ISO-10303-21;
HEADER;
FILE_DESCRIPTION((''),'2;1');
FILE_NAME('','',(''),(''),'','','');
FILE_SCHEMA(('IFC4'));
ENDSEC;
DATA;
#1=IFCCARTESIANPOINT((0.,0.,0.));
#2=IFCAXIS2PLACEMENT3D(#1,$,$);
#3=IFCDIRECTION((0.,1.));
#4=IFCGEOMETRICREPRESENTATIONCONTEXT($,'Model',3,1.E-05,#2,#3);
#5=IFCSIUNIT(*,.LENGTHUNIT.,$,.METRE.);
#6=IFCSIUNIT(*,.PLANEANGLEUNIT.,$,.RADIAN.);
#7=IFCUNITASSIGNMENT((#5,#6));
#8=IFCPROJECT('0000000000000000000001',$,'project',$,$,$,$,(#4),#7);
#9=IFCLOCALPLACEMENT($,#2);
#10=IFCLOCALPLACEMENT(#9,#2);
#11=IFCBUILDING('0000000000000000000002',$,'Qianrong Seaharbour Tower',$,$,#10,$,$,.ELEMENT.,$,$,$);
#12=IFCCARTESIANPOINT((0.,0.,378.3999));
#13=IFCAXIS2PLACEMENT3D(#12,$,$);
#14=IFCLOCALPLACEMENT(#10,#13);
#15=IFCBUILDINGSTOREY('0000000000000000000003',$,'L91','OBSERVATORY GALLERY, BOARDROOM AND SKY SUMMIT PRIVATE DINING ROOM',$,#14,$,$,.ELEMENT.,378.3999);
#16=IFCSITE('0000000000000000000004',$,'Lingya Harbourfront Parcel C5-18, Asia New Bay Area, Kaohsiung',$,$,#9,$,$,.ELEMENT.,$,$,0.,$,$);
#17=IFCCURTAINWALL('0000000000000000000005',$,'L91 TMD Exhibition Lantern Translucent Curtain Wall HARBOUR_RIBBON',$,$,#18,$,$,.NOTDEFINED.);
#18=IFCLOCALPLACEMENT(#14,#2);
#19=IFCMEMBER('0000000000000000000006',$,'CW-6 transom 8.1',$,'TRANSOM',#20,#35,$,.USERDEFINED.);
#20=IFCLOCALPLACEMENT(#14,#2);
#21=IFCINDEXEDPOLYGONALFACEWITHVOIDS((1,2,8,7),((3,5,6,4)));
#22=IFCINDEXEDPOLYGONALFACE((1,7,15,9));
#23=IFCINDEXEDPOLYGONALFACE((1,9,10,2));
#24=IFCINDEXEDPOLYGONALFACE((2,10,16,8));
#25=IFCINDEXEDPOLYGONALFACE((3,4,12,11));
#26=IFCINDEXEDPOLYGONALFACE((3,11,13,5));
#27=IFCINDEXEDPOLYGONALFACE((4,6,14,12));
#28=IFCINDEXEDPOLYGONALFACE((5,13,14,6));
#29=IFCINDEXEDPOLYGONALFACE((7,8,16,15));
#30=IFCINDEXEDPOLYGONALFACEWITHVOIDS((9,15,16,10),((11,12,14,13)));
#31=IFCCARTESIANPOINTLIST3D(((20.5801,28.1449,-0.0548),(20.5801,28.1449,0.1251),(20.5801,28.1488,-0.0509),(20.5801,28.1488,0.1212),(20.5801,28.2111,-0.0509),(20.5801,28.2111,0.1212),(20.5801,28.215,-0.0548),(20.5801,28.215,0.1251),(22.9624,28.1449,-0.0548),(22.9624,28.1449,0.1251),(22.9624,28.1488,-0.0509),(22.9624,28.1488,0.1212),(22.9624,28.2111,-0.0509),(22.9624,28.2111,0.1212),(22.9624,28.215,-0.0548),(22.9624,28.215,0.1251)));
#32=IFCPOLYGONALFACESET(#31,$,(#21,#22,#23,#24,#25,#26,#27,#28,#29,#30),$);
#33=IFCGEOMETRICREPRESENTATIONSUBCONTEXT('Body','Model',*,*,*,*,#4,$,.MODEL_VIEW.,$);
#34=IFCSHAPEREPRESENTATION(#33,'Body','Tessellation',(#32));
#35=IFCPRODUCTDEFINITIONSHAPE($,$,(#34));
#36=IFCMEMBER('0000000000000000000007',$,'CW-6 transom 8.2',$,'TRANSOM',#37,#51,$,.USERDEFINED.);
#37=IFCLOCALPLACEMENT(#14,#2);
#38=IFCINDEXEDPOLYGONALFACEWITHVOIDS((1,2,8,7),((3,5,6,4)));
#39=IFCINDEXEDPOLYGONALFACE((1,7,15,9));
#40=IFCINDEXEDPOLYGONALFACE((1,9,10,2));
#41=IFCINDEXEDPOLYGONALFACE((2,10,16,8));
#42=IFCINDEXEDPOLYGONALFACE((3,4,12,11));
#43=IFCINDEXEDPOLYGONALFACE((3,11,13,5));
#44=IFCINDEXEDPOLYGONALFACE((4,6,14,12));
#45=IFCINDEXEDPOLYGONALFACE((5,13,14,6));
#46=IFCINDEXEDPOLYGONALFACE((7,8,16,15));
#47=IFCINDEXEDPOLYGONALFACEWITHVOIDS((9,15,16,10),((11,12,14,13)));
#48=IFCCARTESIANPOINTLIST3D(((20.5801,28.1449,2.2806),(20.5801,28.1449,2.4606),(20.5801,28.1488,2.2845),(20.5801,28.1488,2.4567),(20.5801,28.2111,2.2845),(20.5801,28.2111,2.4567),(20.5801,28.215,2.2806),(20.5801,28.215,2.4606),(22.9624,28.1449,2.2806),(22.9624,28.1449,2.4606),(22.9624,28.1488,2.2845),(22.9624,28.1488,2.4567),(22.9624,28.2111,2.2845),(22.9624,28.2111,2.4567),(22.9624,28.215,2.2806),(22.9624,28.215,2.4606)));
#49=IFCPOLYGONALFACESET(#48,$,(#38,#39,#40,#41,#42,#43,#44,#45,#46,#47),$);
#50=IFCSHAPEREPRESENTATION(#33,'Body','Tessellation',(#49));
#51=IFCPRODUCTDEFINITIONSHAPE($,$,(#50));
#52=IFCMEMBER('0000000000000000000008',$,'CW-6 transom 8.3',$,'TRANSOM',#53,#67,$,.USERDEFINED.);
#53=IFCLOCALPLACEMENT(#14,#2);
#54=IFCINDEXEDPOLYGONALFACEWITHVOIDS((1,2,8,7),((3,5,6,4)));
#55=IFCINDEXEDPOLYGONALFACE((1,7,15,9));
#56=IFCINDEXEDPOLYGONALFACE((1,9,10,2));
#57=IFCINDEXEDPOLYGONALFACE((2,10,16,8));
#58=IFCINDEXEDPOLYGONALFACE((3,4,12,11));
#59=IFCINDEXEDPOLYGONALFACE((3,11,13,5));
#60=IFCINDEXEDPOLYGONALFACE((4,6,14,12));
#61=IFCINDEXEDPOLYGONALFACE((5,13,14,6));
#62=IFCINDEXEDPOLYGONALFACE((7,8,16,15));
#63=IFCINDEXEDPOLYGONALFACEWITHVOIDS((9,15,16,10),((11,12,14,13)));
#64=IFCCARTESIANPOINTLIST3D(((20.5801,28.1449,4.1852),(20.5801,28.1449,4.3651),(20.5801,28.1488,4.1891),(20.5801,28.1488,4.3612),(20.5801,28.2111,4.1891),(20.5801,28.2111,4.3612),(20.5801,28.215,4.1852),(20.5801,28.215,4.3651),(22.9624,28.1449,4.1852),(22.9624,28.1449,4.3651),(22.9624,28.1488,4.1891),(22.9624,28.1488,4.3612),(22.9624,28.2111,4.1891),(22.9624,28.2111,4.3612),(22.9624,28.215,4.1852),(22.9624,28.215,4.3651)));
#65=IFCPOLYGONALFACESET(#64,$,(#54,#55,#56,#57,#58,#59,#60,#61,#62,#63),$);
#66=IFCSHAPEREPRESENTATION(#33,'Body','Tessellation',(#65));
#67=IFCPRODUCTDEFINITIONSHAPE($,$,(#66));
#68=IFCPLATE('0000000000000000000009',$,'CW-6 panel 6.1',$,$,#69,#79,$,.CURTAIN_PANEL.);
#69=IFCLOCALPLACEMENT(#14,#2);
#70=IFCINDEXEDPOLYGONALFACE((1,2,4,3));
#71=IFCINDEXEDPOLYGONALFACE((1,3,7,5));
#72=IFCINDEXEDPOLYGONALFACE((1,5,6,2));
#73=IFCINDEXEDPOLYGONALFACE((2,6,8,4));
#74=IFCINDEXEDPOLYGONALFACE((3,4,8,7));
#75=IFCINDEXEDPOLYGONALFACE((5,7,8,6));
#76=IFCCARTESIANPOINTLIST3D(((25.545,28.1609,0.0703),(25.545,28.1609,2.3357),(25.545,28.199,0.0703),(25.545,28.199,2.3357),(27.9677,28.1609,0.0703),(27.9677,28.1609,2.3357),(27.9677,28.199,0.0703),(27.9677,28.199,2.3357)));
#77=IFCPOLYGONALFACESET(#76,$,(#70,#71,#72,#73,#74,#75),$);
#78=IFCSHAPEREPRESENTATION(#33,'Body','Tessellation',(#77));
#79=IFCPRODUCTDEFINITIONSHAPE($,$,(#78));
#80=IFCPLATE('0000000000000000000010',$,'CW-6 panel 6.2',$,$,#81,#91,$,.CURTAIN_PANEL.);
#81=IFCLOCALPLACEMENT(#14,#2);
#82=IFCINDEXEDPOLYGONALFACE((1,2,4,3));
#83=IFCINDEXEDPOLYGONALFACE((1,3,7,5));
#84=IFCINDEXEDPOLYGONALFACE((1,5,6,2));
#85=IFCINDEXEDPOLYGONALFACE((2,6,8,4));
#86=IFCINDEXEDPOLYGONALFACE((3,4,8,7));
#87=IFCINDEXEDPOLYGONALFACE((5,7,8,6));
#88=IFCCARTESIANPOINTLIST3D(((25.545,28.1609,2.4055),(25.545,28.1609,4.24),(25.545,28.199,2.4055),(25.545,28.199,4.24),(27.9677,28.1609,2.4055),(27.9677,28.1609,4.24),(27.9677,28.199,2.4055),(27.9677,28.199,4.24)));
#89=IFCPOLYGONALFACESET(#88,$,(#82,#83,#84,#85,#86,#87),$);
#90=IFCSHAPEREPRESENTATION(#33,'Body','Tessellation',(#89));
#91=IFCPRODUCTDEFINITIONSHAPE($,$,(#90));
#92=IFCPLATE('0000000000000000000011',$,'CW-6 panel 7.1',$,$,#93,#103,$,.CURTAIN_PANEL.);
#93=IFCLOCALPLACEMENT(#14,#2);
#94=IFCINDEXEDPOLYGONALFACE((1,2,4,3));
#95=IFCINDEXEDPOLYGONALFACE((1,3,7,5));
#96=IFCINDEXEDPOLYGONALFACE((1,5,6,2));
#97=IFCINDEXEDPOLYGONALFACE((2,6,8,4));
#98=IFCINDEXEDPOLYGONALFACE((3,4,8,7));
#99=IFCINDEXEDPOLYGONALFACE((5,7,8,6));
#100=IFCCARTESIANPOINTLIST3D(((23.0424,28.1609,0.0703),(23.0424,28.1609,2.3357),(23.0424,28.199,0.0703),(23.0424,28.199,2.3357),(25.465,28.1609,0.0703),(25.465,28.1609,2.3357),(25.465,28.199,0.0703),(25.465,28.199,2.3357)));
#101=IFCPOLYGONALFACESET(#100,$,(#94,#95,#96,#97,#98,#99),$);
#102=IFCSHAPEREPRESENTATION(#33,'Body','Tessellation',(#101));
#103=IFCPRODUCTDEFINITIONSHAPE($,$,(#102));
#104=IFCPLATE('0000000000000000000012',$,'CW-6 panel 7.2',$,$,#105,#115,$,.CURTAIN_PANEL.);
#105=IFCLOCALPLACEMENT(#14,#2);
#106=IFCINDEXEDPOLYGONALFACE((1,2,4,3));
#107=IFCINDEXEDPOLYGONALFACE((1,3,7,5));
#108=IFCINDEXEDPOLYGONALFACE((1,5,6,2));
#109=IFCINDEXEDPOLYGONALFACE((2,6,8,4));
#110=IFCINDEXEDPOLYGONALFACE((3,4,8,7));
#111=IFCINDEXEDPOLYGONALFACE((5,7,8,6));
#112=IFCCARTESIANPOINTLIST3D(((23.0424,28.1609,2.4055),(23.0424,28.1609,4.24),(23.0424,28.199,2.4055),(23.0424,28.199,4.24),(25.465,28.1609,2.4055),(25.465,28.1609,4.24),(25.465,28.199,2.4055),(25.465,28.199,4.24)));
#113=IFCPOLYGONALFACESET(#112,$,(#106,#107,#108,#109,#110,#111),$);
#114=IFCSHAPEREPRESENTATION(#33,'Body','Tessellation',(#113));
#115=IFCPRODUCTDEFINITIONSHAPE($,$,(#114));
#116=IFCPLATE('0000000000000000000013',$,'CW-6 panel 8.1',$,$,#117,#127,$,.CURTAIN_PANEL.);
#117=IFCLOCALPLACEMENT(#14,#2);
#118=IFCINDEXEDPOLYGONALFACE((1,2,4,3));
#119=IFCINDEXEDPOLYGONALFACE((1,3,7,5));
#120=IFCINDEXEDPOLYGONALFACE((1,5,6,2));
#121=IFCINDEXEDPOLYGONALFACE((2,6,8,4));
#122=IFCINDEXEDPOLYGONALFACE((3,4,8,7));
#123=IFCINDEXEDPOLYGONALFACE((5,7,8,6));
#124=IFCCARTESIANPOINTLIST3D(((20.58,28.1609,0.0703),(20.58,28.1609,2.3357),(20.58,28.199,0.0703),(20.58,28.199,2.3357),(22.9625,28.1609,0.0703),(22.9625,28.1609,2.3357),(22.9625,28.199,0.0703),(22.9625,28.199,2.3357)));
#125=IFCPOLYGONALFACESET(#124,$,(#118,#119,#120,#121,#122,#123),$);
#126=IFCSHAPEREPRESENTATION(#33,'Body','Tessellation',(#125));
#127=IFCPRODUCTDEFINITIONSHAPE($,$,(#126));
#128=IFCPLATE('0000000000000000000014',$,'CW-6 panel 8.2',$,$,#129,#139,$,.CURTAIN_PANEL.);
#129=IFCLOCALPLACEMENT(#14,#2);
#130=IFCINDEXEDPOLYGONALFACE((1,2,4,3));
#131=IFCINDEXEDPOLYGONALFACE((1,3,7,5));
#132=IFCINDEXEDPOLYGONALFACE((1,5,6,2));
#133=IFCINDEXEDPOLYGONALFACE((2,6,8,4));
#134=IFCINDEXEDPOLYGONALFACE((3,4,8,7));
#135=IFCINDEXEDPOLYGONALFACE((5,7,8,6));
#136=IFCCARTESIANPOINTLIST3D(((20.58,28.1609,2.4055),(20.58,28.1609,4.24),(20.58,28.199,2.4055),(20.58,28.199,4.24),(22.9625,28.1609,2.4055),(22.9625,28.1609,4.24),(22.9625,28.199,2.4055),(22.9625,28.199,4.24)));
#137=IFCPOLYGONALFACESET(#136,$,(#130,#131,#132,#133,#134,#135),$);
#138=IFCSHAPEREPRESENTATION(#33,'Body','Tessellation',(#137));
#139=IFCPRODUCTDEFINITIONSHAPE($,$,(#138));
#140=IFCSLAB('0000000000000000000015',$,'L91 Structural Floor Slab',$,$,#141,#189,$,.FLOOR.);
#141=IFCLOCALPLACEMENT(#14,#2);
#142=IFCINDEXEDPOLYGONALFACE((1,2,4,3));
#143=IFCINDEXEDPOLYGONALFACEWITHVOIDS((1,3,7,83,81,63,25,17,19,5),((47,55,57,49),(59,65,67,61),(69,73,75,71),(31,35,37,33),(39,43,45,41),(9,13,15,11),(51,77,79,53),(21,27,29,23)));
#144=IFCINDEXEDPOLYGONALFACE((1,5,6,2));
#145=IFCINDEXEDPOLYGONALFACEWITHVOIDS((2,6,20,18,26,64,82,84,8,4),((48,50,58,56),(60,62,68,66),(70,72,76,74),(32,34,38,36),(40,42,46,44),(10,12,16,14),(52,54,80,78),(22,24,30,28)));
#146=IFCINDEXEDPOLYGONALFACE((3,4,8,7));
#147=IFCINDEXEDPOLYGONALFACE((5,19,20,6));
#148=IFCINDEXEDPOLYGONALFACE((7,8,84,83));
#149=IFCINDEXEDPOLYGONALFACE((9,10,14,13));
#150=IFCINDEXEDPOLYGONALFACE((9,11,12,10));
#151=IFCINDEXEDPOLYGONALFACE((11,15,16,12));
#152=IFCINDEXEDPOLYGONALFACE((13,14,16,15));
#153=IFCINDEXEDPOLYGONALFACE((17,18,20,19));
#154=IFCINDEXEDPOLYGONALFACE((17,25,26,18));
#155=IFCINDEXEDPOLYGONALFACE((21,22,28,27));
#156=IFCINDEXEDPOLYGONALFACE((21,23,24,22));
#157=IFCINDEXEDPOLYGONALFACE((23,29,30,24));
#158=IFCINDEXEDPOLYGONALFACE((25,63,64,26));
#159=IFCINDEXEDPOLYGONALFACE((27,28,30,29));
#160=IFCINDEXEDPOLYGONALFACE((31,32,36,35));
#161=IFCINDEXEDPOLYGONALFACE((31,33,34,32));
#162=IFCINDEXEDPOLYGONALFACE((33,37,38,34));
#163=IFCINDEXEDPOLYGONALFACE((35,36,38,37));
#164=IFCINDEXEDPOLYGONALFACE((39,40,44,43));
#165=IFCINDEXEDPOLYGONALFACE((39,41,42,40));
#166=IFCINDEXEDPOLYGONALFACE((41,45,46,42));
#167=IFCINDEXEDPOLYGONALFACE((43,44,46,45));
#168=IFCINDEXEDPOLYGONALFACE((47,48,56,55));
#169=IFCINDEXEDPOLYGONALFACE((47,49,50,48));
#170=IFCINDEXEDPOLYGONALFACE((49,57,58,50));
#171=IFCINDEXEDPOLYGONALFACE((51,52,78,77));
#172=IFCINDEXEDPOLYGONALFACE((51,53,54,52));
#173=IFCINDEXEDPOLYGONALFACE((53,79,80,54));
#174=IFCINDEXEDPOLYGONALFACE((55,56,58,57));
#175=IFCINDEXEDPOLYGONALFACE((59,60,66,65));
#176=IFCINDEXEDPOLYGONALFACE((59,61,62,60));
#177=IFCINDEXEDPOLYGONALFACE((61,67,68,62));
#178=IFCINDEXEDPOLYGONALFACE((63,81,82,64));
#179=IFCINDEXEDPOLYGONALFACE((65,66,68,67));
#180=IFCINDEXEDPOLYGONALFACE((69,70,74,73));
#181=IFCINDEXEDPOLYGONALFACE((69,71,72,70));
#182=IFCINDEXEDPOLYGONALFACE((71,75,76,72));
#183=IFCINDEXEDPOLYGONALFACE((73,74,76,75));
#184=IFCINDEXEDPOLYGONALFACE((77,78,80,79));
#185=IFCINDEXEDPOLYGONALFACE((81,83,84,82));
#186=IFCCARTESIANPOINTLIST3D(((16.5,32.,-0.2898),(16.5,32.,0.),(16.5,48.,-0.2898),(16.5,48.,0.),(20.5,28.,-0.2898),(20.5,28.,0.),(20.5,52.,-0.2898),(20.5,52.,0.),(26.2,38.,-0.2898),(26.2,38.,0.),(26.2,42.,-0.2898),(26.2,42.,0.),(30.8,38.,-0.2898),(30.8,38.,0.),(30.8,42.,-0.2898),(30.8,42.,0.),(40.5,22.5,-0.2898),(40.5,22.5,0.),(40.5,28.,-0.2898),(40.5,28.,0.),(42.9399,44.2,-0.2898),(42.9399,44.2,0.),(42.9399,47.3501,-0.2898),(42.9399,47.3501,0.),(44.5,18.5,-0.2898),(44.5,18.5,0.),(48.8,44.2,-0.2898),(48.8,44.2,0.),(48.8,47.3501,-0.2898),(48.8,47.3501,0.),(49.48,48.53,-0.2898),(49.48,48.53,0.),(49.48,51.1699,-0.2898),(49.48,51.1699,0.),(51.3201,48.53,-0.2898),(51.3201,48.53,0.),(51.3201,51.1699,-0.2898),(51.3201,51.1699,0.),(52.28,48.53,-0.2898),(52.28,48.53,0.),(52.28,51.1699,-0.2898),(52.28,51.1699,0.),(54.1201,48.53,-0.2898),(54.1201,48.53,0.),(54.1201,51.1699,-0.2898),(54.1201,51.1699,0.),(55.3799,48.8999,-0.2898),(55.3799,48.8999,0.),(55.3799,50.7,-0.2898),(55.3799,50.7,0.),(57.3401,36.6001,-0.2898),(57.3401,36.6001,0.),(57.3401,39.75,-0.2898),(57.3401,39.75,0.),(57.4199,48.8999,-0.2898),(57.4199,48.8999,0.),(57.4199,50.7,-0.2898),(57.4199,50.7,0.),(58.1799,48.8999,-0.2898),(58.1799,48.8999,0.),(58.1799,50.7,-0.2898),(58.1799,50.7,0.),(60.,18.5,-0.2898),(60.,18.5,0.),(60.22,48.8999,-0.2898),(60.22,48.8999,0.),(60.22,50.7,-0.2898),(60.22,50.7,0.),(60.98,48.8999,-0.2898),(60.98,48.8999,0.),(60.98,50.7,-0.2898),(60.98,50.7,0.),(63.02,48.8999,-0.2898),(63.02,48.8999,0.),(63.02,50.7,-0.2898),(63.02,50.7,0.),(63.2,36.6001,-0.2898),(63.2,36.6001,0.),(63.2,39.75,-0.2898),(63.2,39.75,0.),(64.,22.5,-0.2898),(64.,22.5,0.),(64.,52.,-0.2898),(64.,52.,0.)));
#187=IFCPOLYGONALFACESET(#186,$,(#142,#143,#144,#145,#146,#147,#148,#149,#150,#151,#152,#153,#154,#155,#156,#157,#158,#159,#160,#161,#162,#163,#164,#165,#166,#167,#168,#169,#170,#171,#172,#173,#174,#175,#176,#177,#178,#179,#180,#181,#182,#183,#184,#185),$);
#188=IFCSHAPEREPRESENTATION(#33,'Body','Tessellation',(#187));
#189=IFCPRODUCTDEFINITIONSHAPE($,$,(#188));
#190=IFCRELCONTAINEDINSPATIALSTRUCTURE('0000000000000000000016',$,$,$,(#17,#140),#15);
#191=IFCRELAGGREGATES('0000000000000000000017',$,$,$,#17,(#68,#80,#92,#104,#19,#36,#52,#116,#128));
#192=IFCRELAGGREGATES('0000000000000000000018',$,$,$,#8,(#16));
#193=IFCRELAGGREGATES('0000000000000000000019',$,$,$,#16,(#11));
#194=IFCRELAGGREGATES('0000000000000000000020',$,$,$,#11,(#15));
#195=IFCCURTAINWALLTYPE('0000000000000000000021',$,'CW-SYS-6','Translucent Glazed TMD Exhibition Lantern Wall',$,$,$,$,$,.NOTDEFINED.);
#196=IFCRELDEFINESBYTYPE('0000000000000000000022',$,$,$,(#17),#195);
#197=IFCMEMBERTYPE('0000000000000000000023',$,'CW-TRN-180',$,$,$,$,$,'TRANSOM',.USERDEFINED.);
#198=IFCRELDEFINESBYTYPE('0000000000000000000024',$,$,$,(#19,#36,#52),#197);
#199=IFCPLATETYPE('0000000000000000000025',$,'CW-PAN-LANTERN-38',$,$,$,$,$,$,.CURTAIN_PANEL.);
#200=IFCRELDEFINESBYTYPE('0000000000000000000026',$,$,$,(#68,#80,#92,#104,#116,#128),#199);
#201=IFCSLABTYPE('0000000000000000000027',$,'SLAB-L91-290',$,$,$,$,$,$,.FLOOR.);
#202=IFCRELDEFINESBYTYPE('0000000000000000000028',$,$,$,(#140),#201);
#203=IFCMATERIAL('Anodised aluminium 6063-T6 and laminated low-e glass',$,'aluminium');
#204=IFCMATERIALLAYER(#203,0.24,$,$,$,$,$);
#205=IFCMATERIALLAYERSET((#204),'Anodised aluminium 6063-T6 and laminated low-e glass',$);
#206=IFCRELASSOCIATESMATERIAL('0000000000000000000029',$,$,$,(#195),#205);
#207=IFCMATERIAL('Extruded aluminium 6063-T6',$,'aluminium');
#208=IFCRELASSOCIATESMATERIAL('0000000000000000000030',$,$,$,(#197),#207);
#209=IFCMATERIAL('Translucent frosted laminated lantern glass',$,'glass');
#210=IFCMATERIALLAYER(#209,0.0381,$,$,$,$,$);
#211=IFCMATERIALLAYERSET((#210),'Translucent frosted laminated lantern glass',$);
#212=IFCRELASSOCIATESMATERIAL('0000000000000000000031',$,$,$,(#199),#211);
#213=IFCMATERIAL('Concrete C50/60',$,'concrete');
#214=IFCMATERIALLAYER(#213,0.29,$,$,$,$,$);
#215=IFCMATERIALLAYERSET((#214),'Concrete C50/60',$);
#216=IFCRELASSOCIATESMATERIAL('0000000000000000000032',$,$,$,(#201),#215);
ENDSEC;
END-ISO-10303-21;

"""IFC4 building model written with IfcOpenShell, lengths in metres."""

from ifc_helpers import new_model, si_unit, direction, frame, origin, origin_2d, place, context, subcontext, project, spatial, polyline, rectangle, hollow_rectangle, outline, extrude, material, layer, layer_set, material_profile, profile_set, type_object, element, aggregate, save


model = new_model("IFC4")

# Units and contexts
model_context = context("Model", 3, precision=1e-05, world=origin(), true_north=direction((0.0, 1.0)))
body_context = subcontext(model_context, "Body", "Model", "MODEL_VIEW")
ifc_project = project(units=[si_unit("LENGTHUNIT", "METRE"), si_unit("PLANEANGLEUNIT", "RADIAN")], contexts=[model_context])

# Site, building, storey
site_placement = place(None, origin())
site = spatial("IfcSite", under=ifc_project, at=site_placement, Name="Lingya Harbourfront Parcel C5-18, Asia New Bay Area, Kaohsiung", CompositionType="ELEMENT", RefElevation=0.0)
building_placement = place(site_placement, origin())
building = spatial("IfcBuilding", under=site, at=building_placement, Name="Qianrong Seaharbour Tower", CompositionType="ELEMENT")
storey_placement = place(building_placement, frame((0.0, 0.0, 378.3999)))
storey = spatial("IfcBuildingStorey", under=building, at=storey_placement, Name="L91", Description="OBSERVATORY GALLERY, BOARDROOM AND SKY SUMMIT PRIVATE DINING ROOM", CompositionType="ELEMENT", Elevation=378.3999)

# Curtain wall
ifc_material_1 = material(Name="Anodised aluminium 6063-T6 and laminated low-e glass", Category="aluminium")
ifc_layer_1 = layer(ifc_material_1, 0.24)
ifc_layer_set_1 = layer_set([ifc_layer_1], Name="Anodised aluminium 6063-T6 and laminated low-e glass")
curtain_wall_type = type_object("IfcCurtainWallType", Name="CW-SYS-6", Description="Translucent Glazed TMD Exhibition Lantern Wall", PredefinedType="NOTDEFINED", material=ifc_layer_set_1)
curtain_wall_1_placement = place(storey_placement, origin())
curtain_wall_1 = element("IfcCurtainWall", 1, at=curtain_wall_1_placement, inside=storey, type_object=curtain_wall_type, Name="L91 TMD Exhibition Lantern Translucent Curtain Wall HARBOUR_RIBBON", PredefinedType="NOTDEFINED")
ifc_material_2 = material(Name="Extruded aluminium 6063-T6", Category="aluminium")

# Members
ifc_material_profile_1 = material_profile(ifc_material_2, hollow_rectangle(XDim=0.0701, YDim=0.1799, WallThickness=0.0039, at=origin_2d()), Name="ALU-TRN-180x70x4")
ifc_profile_set_1 = profile_set([ifc_material_profile_1], Name="Extruded aluminium 6063-T6")
member_type_1 = type_object("IfcMemberType", Name="CW-TRN-180", ElementType="TRANSOM", PredefinedType="USERDEFINED", material=ifc_profile_set_1)
member_1_placement = place(storey_placement, frame((22.9624, 28.1799, 0.0352), z_axis=(-1.0, 0.0, 0.0), x_axis=(0.0, -1.0, 0.0)))
member_1 = element("IfcMember", 2, at=member_1_placement, type_object=member_type_1, Name="CW-6 transom 8.1", ObjectType="TRANSOM", PredefinedType="USERDEFINED", context=body_context, shape_type="SweptSolid", body=[
    extrude(hollow_rectangle(XDim=0.0701, YDim=0.1799, WallThickness=0.0039, at=origin_2d()), origin(), (0.0, 0.0, 1.0), 2.3823),
])
member_2_placement = place(storey_placement, frame((22.9624, 28.1799, 2.3706), z_axis=(-1.0, 0.0, 0.0), x_axis=(0.0, -1.0, 0.0)))
member_2 = element("IfcMember", 3, at=member_2_placement, type_object=member_type_1, Name="CW-6 transom 8.2", ObjectType="TRANSOM", PredefinedType="USERDEFINED", context=body_context, shape_type="SweptSolid", body=[
    extrude(hollow_rectangle(XDim=0.0701, YDim=0.1799, WallThickness=0.0039, at=origin_2d()), origin(), (0.0, 0.0, 1.0), 2.3823),
])
member_3_placement = place(storey_placement, frame((22.9624, 28.1799, 4.2751), z_axis=(-1.0, 0.0, 0.0), x_axis=(0.0, -1.0, 0.0)))
member_3 = element("IfcMember", 4, at=member_3_placement, type_object=member_type_1, Name="CW-6 transom 8.3", ObjectType="TRANSOM", PredefinedType="USERDEFINED", context=body_context, shape_type="SweptSolid", body=[
    extrude(hollow_rectangle(XDim=0.0701, YDim=0.1799, WallThickness=0.0039, at=origin_2d()), origin(), (0.0, 0.0, 1.0), 2.3823),
])

# Plates
ifc_material_3 = material(Name="Translucent frosted laminated lantern glass", Category="glass")
ifc_layer_2 = layer(ifc_material_3, 0.0381)
ifc_layer_set_2 = layer_set([ifc_layer_2], Name="Translucent frosted laminated lantern glass")
plate_type = type_object("IfcPlateType", Name="CW-PAN-LANTERN-38", PredefinedType="CURTAIN_PANEL", material=ifc_layer_set_2)
plate_1_placement = place(storey_placement, frame((26.7563, 28.1799, 0.0703), z_axis=(0.0, 0.0, 1.0), x_axis=(-1.0, 0.0, 0.0)))
plate_1 = element("IfcPlate", 5, at=plate_1_placement, type_object=plate_type, Name="CW-6 panel 6.1", PredefinedType="CURTAIN_PANEL", context=body_context, shape_type="SweptSolid", body=[
    extrude(rectangle(XDim=2.4226, YDim=0.0381, at=origin_2d()), origin(), (0.0, 0.0, 1.0), 2.2654),
])
plate_2_placement = place(storey_placement, frame((26.7563, 28.1799, 2.4055), z_axis=(0.0, 0.0, 1.0), x_axis=(-1.0, 0.0, 0.0)))
plate_2 = element("IfcPlate", 6, at=plate_2_placement, type_object=plate_type, Name="CW-6 panel 6.2", PredefinedType="CURTAIN_PANEL", context=body_context, shape_type="SweptSolid", body=[
    extrude(rectangle(XDim=2.4226, YDim=0.0381, at=origin_2d()), origin(), (0.0, 0.0, 1.0), 1.8345),
])
plate_3_placement = place(storey_placement, frame((24.2537, 28.1799, 0.0703), z_axis=(0.0, 0.0, 1.0), x_axis=(-1.0, 0.0, 0.0)))
plate_3 = element("IfcPlate", 7, at=plate_3_placement, type_object=plate_type, Name="CW-6 panel 7.1", PredefinedType="CURTAIN_PANEL", context=body_context, shape_type="SweptSolid", body=[
    extrude(rectangle(XDim=2.4226, YDim=0.0381, at=origin_2d()), origin(), (0.0, 0.0, 1.0), 2.2654),
])
plate_4_placement = place(storey_placement, frame((24.2537, 28.1799, 2.4055), z_axis=(0.0, 0.0, 1.0), x_axis=(-1.0, 0.0, 0.0)))
plate_4 = element("IfcPlate", 8, at=plate_4_placement, type_object=plate_type, Name="CW-6 panel 7.2", PredefinedType="CURTAIN_PANEL", context=body_context, shape_type="SweptSolid", body=[
    extrude(rectangle(XDim=2.4226, YDim=0.0381, at=origin_2d()), origin(), (0.0, 0.0, 1.0), 1.8345),
])
plate_5_placement = place(storey_placement, frame((21.7712, 28.1799, 0.0703), z_axis=(0.0, 0.0, 1.0), x_axis=(-1.0, 0.0, 0.0)))
plate_5 = element("IfcPlate", 9, at=plate_5_placement, type_object=plate_type, Name="CW-6 panel 8.1", PredefinedType="CURTAIN_PANEL", context=body_context, shape_type="SweptSolid", body=[
    extrude(rectangle(XDim=2.3826, YDim=0.0381, at=origin_2d()), origin(), (0.0, 0.0, 1.0), 2.2654),
])
plate_6_placement = place(storey_placement, frame((21.7712, 28.1799, 2.4055), z_axis=(0.0, 0.0, 1.0), x_axis=(-1.0, 0.0, 0.0)))
plate_6 = element("IfcPlate", 10, at=plate_6_placement, type_object=plate_type, Name="CW-6 panel 8.2", PredefinedType="CURTAIN_PANEL", context=body_context, shape_type="SweptSolid", body=[
    extrude(rectangle(XDim=2.3826, YDim=0.0381, at=origin_2d()), origin(), (0.0, 0.0, 1.0), 1.8345),
])
aggregate(curtain_wall_1, [plate_1, plate_2, plate_3, plate_4, member_1, member_2, member_3, plate_5, plate_6])

# Slab
ifc_material_4 = material(Name="Concrete C50/60", Category="concrete")
ifc_layer_3 = layer(ifc_material_4, 0.29)
ifc_layer_set_3 = layer_set([ifc_layer_3], Name="Concrete C50/60")
slab_type_1 = type_object("IfcSlabType", Name="SLAB-L91-290", PredefinedType="FLOOR", material=ifc_layer_set_3)
slab_1_placement = place(storey_placement, frame((0.0, 0.0, -0.2898)))
element("IfcSlab", 11, at=slab_1_placement, inside=storey, type_object=slab_type_1, Name="L91 Structural Floor Slab", PredefinedType="FLOOR", context=body_context, shape_type="SweptSolid", body=[
    extrude(outline(polyline([(44.5, 18.5), (60.0, 18.5), (64.0, 22.5), (64.0, 52.0), (20.5, 52.0), (16.5, 48.0), (16.5, 32.0), (20.5, 28.0), (40.5, 28.0), (40.5, 22.5), (44.5, 18.5)]), holes=[polyline([(42.9399, 44.2), (42.9399, 47.3501), (48.8, 47.3501), (48.8, 44.2), (42.9399, 44.2)]), polyline([(57.3401, 36.6001), (57.3401, 39.75), (63.2, 39.75), (63.2, 36.6001), (57.3401, 36.6001)]), polyline([(49.48, 48.53), (49.48, 51.1699), (51.3201, 51.1699), (51.3201, 48.53), (49.48, 48.53)]), polyline([(52.28, 48.53), (52.28, 51.1699), (54.1201, 51.1699), (54.1201, 48.53), (52.28, 48.53)]), polyline([(55.3799, 48.8999), (55.3799, 50.7), (57.4199, 50.7), (57.4199, 48.8999), (55.3799, 48.8999)]), polyline([(58.1799, 48.8999), (58.1799, 50.7), (60.22, 50.7), (60.22, 48.8999), (58.1799, 48.8999)]), polyline([(60.98, 48.8999), (60.98, 50.7), (63.02, 50.7), (63.02, 48.8999), (60.98, 48.8999)]), polyline([(26.2, 38.0), (30.8, 38.0), (30.8, 42.0), (26.2, 42.0), (26.2, 38.0)])]), origin(), (0.0, 0.0, 1.0), 0.2898),
])

save(model, "model.ifc")
